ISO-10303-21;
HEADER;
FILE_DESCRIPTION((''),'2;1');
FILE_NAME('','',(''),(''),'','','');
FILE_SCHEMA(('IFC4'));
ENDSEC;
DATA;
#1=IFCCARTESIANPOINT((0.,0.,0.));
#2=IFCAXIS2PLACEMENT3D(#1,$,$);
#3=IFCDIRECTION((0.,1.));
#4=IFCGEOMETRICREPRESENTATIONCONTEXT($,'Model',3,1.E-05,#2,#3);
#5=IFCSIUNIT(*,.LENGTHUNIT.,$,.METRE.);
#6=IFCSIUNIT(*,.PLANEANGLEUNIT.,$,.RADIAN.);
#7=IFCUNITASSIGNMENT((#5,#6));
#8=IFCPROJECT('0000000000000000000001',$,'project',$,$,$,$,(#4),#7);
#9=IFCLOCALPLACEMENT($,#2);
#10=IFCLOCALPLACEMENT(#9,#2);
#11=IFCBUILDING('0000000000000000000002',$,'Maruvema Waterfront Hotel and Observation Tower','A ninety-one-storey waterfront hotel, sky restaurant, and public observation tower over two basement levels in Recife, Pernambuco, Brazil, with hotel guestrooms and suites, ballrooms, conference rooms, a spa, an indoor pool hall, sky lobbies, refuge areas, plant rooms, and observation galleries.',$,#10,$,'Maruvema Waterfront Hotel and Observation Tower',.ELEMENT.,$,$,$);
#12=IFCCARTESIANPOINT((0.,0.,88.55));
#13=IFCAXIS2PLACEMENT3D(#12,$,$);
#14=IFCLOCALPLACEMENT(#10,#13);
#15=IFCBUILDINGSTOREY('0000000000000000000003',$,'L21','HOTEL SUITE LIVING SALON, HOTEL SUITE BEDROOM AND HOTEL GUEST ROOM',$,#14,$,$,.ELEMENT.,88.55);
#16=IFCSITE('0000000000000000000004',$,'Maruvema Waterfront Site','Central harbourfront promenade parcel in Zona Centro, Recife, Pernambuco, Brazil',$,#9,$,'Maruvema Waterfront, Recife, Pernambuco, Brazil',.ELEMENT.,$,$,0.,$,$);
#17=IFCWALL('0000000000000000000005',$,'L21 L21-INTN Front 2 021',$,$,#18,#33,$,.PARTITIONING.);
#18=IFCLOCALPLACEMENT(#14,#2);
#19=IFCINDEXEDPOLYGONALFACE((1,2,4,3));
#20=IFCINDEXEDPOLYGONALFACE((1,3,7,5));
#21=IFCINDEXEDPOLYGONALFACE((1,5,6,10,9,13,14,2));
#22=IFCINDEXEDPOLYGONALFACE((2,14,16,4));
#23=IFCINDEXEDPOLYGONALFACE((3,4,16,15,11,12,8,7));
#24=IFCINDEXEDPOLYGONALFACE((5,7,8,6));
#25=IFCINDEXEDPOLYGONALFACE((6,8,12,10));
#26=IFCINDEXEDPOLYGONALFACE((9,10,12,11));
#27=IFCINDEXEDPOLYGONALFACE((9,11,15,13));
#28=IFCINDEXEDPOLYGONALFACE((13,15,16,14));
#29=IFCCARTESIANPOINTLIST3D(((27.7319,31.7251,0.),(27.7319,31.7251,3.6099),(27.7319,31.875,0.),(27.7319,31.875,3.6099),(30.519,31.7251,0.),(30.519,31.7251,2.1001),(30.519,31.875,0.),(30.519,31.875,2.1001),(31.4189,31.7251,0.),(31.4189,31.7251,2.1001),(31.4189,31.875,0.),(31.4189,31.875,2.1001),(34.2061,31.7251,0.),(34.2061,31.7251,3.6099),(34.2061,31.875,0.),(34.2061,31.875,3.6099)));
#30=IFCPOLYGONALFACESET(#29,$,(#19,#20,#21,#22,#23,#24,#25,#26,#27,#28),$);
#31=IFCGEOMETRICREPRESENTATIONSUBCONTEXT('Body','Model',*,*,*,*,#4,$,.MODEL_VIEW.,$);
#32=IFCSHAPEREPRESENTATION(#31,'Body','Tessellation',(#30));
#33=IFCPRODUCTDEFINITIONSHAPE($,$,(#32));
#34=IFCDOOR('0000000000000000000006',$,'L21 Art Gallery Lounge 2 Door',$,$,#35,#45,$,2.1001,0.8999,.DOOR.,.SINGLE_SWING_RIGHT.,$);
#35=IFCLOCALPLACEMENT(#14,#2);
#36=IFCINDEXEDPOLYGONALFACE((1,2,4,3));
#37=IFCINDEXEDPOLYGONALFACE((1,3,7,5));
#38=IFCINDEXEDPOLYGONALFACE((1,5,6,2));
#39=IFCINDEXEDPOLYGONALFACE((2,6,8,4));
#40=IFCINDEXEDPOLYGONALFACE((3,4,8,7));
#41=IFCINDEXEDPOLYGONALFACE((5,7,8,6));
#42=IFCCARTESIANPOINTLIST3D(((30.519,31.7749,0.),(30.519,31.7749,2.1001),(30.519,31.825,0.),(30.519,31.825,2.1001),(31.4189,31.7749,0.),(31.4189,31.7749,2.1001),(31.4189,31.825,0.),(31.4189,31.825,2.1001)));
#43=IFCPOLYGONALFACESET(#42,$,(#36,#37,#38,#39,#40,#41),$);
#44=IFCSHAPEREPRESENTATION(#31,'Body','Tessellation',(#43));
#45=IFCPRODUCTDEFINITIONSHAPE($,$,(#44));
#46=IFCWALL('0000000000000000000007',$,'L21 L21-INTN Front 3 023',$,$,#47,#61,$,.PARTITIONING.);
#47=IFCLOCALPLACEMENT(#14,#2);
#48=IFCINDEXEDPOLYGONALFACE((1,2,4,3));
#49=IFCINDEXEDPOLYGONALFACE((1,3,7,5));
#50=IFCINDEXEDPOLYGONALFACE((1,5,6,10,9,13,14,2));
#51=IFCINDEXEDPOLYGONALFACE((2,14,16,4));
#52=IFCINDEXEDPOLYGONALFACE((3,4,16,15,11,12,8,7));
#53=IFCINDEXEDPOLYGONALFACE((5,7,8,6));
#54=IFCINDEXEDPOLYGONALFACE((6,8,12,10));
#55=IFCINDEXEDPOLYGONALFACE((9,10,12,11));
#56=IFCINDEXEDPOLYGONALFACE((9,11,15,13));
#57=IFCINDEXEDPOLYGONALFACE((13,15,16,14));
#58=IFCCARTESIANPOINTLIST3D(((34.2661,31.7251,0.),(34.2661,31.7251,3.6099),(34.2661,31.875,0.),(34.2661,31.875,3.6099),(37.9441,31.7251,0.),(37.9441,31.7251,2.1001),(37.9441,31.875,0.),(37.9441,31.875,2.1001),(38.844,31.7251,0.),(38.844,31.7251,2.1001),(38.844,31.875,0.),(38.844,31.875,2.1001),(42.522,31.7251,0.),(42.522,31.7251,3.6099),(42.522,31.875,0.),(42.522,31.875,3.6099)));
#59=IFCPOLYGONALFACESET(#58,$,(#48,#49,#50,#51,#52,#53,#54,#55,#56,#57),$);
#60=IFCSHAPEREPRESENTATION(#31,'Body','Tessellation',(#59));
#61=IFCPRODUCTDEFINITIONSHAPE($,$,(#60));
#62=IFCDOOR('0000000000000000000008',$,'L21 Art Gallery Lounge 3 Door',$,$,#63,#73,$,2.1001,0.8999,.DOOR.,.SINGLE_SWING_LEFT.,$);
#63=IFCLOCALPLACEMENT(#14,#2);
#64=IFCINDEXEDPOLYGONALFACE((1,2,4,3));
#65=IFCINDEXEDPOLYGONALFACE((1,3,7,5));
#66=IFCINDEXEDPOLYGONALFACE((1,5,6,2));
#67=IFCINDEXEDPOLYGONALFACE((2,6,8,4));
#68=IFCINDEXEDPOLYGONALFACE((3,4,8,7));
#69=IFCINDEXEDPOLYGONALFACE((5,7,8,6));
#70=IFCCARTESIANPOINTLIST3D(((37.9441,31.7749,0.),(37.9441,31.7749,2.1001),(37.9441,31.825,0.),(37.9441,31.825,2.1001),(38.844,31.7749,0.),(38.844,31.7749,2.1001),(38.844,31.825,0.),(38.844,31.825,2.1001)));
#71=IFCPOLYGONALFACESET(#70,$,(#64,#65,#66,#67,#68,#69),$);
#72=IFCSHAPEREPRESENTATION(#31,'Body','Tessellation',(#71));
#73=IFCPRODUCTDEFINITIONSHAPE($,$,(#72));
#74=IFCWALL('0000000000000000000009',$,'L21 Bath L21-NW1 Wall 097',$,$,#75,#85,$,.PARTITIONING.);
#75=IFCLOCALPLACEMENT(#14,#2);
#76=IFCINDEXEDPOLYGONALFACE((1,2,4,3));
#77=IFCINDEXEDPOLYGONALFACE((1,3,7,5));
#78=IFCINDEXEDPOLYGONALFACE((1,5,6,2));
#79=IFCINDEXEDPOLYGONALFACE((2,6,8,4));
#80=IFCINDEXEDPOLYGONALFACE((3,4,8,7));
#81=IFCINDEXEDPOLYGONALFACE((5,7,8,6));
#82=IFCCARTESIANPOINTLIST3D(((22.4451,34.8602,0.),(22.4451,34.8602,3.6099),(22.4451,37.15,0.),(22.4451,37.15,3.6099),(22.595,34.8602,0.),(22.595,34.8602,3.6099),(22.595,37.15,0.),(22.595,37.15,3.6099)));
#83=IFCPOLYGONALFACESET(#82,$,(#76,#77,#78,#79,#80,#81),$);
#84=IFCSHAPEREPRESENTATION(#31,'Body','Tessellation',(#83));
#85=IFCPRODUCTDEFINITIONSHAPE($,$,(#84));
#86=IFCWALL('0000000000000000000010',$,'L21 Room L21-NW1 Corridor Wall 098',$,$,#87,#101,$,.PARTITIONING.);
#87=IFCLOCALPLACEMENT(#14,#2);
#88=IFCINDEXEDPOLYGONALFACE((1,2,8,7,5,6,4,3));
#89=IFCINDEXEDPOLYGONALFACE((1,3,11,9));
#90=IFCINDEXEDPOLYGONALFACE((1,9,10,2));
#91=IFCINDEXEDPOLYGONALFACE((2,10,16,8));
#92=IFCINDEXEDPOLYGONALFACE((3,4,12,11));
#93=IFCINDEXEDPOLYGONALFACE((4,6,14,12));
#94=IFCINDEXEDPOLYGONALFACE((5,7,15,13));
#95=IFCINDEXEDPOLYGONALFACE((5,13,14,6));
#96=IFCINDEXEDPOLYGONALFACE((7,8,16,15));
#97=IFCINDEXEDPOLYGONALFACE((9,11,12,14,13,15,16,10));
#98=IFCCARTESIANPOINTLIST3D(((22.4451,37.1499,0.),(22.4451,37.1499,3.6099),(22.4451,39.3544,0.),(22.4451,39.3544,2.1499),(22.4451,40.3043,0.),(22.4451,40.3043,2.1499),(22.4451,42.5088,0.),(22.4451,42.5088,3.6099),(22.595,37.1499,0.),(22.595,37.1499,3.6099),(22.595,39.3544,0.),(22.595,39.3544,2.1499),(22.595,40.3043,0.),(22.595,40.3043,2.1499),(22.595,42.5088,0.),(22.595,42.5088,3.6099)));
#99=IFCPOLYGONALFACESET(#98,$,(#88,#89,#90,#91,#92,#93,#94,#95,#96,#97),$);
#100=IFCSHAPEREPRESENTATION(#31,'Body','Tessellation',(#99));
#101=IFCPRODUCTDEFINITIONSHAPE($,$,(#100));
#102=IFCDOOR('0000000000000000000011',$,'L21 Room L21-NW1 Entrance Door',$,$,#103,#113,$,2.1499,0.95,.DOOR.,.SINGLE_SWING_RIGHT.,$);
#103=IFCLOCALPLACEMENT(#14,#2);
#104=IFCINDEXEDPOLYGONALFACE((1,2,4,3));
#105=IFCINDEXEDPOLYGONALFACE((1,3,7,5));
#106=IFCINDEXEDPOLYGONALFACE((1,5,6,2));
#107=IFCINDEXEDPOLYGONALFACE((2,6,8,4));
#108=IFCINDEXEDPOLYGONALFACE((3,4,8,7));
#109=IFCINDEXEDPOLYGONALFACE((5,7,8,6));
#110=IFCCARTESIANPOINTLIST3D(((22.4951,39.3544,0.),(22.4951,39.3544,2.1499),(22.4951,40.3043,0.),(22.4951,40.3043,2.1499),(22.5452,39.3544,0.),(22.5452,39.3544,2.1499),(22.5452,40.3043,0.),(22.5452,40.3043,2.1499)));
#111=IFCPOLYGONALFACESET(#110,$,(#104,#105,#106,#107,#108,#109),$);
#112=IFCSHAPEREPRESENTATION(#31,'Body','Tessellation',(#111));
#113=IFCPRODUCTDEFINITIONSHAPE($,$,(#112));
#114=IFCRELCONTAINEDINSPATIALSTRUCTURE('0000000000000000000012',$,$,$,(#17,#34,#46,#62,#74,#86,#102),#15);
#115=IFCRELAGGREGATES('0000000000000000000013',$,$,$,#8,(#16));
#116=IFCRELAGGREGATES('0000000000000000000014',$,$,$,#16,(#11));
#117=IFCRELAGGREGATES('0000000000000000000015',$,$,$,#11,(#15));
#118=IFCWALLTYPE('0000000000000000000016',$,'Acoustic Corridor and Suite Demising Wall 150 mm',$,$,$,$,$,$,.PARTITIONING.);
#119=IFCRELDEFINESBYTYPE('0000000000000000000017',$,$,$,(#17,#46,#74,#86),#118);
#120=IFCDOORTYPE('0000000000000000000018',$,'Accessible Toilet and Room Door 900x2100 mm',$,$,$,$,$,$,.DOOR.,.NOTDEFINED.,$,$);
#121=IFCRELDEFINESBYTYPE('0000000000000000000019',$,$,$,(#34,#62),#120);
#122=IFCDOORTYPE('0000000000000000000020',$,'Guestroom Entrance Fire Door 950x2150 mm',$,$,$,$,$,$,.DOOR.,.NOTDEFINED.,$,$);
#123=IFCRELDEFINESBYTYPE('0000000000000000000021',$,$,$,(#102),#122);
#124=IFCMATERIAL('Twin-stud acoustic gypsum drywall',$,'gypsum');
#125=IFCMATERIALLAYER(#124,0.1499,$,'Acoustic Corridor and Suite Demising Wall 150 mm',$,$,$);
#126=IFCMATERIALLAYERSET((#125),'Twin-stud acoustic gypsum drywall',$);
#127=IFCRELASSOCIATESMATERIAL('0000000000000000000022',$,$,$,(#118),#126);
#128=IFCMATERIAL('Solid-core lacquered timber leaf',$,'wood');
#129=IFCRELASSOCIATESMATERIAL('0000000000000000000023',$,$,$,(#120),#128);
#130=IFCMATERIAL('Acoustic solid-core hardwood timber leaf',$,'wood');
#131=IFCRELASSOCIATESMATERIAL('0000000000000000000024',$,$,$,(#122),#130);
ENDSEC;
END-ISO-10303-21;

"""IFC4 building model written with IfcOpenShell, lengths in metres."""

from ifc_helpers import new_model, si_unit, direction, frame, frame_2d, origin, place, context, subcontext, project, spatial, rectangle, extrude, material, layer, layer_set, type_object, element, fill, save


model = new_model("IFC4")

# Units and contexts
model_context = context("Model", 3, precision=1e-05, world=origin(), true_north=direction((0.0, 1.0)))
body_context = subcontext(model_context, "Body", "Model", "MODEL_VIEW")
ifc_project = project(units=[si_unit("LENGTHUNIT", "METRE"), si_unit("PLANEANGLEUNIT", "RADIAN")], contexts=[model_context])

# Site, building, storey
site_placement = place(None, origin())
site = spatial("IfcSite", under=ifc_project, at=site_placement, Name="Maruvema Waterfront Site", Description="Central harbourfront promenade parcel in Zona Centro, Recife, Pernambuco, Brazil", LongName="Maruvema Waterfront, Recife, Pernambuco, Brazil", CompositionType="ELEMENT", RefElevation=0.0)
building_placement = place(site_placement, origin())
building = spatial("IfcBuilding", under=site, at=building_placement, Name="Maruvema Waterfront Hotel and Observation Tower", Description="A ninety-one-storey waterfront hotel, sky restaurant, and public observation tower over two basement levels in Recife, Pernambuco, Brazil, with hotel guestrooms and suites, ballrooms, conference rooms, a spa, an indoor pool hall, sky lobbies, refuge areas, plant rooms, and observation galleries.", LongName="Maruvema Waterfront Hotel and Observation Tower", CompositionType="ELEMENT")
storey_placement = place(building_placement, frame((0.0, 0.0, 88.55)))
storey = spatial("IfcBuildingStorey", under=building, at=storey_placement, Name="L21", Description="HOTEL SUITE LIVING SALON, HOTEL SUITE BEDROOM AND HOTEL GUEST ROOM", CompositionType="ELEMENT", Elevation=88.55)

# Walls, openings, doors
ifc_material_1 = material(Name="Twin-stud acoustic gypsum drywall", Category="gypsum")
ifc_layer = layer(ifc_material_1, 0.1499, Name="Acoustic Corridor and Suite Demising Wall 150 mm")
ifc_layer_set = layer_set([ifc_layer], Name="Twin-stud acoustic gypsum drywall")
wall_type = type_object("IfcWallType", Name="Acoustic Corridor and Suite Demising Wall 150 mm", PredefinedType="PARTITIONING", material=ifc_layer_set)
ifc_material_2 = material(Name="Solid-core lacquered timber leaf", Category="wood")
door_type_1 = type_object("IfcDoorType", Name="Accessible Toilet and Room Door 900x2100 mm", OperationType="NOTDEFINED", PredefinedType="DOOR", material=ifc_material_2)
wall_1_placement = place(storey_placement, frame((27.7319, 31.8, 0.0), z_axis=(0.0, 0.0, 1.0), x_axis=(1.0, 0.0, 0.0)))
wall_1 = element("IfcWall", 1, at=wall_1_placement, inside=storey, type_object=wall_type, Name="L21 L21-INTN Front 2 021", PredefinedType="PARTITIONING", context=body_context, shape_type="SweptSolid", body=[
    extrude(rectangle(XDim=6.4741, YDim=0.1499, at=frame_2d((3.2371, 0.0))), origin(), (0.0, 0.0, 1.0), 3.6099),
])
opening_1_placement = place(wall_1_placement, frame((2.7871, 0.0, 0.0)))
opening_1 = element("IfcOpeningElement", 2, at=opening_1_placement, cuts=wall_1, PredefinedType="OPENING", context=body_context, shape_type="SweptSolid", body=[
    extrude(rectangle(XDim=0.8999, YDim=2.1001, at=frame_2d((0.45, 1.05))), frame((0.0, 0.085, 0.0), z_axis=(0.0, -1.0, 0.0), x_axis=(1.0, 0.0, 0.0)), (0.0, 0.0, 1.0), 0.1699),
])
door_1_placement = place(opening_1_placement, origin())
door_1 = element("IfcDoor", 3, at=door_1_placement, inside=storey, type_object=door_type_1, Name="L21 Art Gallery Lounge 2 Door", OperationType="SINGLE_SWING_RIGHT", OverallHeight=2.1001, OverallWidth=0.8999, PredefinedType="DOOR", context=body_context, shape_type="SweptSolid", body=[
    extrude(rectangle(XDim=0.8999, YDim=2.1001, at=frame_2d((0.45, 1.05))), frame((0.0, 0.0249, 0.0), z_axis=(0.0, -1.0, 0.0), x_axis=(1.0, 0.0, 0.0)), (0.0, 0.0, 1.0), 0.05),
])
fill(opening_1, door_1)
wall_2_placement = place(storey_placement, frame((34.2661, 31.8, 0.0), z_axis=(0.0, 0.0, 1.0), x_axis=(1.0, 0.0, 0.0)))
wall_2 = element("IfcWall", 4, at=wall_2_placement, inside=storey, type_object=wall_type, Name="L21 L21-INTN Front 3 023", PredefinedType="PARTITIONING", context=body_context, shape_type="SweptSolid", body=[
    extrude(rectangle(XDim=8.2559, YDim=0.1499, at=frame_2d((4.1279, 0.0))), origin(), (0.0, 0.0, 1.0), 3.6099),
])
opening_2_placement = place(wall_2_placement, frame((3.678, 0.0, 0.0)))
opening_2 = element("IfcOpeningElement", 5, at=opening_2_placement, cuts=wall_2, PredefinedType="OPENING", context=body_context, shape_type="SweptSolid", body=[
    extrude(rectangle(XDim=0.8999, YDim=2.1001, at=frame_2d((0.45, 1.05))), frame((0.0, 0.085, 0.0), z_axis=(0.0, -1.0, 0.0), x_axis=(1.0, 0.0, 0.0)), (0.0, 0.0, 1.0), 0.1699),
])
door_2_placement = place(opening_2_placement, origin())
door_2 = element("IfcDoor", 6, at=door_2_placement, inside=storey, type_object=door_type_1, Name="L21 Art Gallery Lounge 3 Door", OperationType="SINGLE_SWING_LEFT", OverallHeight=2.1001, OverallWidth=0.8999, PredefinedType="DOOR", context=body_context, shape_type="SweptSolid", body=[
    extrude(rectangle(XDim=0.8999, YDim=2.1001, at=frame_2d((0.45, 1.05))), frame((0.0, 0.0249, 0.0), z_axis=(0.0, -1.0, 0.0), x_axis=(1.0, 0.0, 0.0)), (0.0, 0.0, 1.0), 0.05),
])
fill(opening_2, door_2)

# Wall
wall_3_placement = place(storey_placement, frame((22.52, 34.8601, 0.0), z_axis=(0.0, 0.0, 1.0), x_axis=(0.0, 1.0, 0.0)))
element("IfcWall", 7, at=wall_3_placement, inside=storey, type_object=wall_type, Name="L21 Bath L21-NW1 Wall 097", PredefinedType="PARTITIONING", context=body_context, shape_type="SweptSolid", body=[
    extrude(rectangle(XDim=2.2898, YDim=0.1499, at=frame_2d((1.145, 0.0))), origin(), (0.0, 0.0, 1.0), 3.6099),
])

# Wall, opening, door
wall_4_placement = place(storey_placement, frame((22.52, 37.1499, 0.0), z_axis=(0.0, 0.0, 1.0), x_axis=(0.0, 1.0, 0.0)))
wall_4 = element("IfcWall", 8, at=wall_4_placement, inside=storey, type_object=wall_type, Name="L21 Room L21-NW1 Corridor Wall 098", PredefinedType="PARTITIONING", context=body_context, shape_type="SweptSolid", body=[
    extrude(rectangle(XDim=5.3589, YDim=0.1499, at=frame_2d((2.6794, 0.0))), origin(), (0.0, 0.0, 1.0), 3.6099),
])
opening_3_placement = place(wall_4_placement, frame((2.2043, 0.0, 0.0)))
opening_3 = element("IfcOpeningElement", 9, at=opening_3_placement, cuts=wall_4, PredefinedType="OPENING", context=body_context, shape_type="SweptSolid", body=[
    extrude(rectangle(XDim=0.95, YDim=2.1499, at=frame_2d((0.4751, 1.075))), frame((0.0, 0.085, 0.0), z_axis=(0.0, -1.0, 0.0), x_axis=(1.0, 0.0, 0.0)), (0.0, 0.0, 1.0), 0.1699),
])
ifc_material_3 = material(Name="Acoustic solid-core hardwood timber leaf", Category="wood")
door_type_2 = type_object("IfcDoorType", Name="Guestroom Entrance Fire Door 950x2150 mm", OperationType="NOTDEFINED", PredefinedType="DOOR", material=ifc_material_3)
door_3_placement = place(opening_3_placement, origin())
door_3 = element("IfcDoor", 10, at=door_3_placement, inside=storey, type_object=door_type_2, Name="L21 Room L21-NW1 Entrance Door", OperationType="SINGLE_SWING_RIGHT", OverallHeight=2.1499, OverallWidth=0.95, PredefinedType="DOOR", context=body_context, shape_type="SweptSolid", body=[
    extrude(rectangle(XDim=0.95, YDim=2.1499, at=frame_2d((0.4751, 1.075))), frame((0.0, 0.0249, 0.0), z_axis=(0.0, -1.0, 0.0), x_axis=(1.0, 0.0, 0.0)), (0.0, 0.0, 1.0), 0.05),
])
fill(opening_3, door_3)

save(model, "model.ifc")
